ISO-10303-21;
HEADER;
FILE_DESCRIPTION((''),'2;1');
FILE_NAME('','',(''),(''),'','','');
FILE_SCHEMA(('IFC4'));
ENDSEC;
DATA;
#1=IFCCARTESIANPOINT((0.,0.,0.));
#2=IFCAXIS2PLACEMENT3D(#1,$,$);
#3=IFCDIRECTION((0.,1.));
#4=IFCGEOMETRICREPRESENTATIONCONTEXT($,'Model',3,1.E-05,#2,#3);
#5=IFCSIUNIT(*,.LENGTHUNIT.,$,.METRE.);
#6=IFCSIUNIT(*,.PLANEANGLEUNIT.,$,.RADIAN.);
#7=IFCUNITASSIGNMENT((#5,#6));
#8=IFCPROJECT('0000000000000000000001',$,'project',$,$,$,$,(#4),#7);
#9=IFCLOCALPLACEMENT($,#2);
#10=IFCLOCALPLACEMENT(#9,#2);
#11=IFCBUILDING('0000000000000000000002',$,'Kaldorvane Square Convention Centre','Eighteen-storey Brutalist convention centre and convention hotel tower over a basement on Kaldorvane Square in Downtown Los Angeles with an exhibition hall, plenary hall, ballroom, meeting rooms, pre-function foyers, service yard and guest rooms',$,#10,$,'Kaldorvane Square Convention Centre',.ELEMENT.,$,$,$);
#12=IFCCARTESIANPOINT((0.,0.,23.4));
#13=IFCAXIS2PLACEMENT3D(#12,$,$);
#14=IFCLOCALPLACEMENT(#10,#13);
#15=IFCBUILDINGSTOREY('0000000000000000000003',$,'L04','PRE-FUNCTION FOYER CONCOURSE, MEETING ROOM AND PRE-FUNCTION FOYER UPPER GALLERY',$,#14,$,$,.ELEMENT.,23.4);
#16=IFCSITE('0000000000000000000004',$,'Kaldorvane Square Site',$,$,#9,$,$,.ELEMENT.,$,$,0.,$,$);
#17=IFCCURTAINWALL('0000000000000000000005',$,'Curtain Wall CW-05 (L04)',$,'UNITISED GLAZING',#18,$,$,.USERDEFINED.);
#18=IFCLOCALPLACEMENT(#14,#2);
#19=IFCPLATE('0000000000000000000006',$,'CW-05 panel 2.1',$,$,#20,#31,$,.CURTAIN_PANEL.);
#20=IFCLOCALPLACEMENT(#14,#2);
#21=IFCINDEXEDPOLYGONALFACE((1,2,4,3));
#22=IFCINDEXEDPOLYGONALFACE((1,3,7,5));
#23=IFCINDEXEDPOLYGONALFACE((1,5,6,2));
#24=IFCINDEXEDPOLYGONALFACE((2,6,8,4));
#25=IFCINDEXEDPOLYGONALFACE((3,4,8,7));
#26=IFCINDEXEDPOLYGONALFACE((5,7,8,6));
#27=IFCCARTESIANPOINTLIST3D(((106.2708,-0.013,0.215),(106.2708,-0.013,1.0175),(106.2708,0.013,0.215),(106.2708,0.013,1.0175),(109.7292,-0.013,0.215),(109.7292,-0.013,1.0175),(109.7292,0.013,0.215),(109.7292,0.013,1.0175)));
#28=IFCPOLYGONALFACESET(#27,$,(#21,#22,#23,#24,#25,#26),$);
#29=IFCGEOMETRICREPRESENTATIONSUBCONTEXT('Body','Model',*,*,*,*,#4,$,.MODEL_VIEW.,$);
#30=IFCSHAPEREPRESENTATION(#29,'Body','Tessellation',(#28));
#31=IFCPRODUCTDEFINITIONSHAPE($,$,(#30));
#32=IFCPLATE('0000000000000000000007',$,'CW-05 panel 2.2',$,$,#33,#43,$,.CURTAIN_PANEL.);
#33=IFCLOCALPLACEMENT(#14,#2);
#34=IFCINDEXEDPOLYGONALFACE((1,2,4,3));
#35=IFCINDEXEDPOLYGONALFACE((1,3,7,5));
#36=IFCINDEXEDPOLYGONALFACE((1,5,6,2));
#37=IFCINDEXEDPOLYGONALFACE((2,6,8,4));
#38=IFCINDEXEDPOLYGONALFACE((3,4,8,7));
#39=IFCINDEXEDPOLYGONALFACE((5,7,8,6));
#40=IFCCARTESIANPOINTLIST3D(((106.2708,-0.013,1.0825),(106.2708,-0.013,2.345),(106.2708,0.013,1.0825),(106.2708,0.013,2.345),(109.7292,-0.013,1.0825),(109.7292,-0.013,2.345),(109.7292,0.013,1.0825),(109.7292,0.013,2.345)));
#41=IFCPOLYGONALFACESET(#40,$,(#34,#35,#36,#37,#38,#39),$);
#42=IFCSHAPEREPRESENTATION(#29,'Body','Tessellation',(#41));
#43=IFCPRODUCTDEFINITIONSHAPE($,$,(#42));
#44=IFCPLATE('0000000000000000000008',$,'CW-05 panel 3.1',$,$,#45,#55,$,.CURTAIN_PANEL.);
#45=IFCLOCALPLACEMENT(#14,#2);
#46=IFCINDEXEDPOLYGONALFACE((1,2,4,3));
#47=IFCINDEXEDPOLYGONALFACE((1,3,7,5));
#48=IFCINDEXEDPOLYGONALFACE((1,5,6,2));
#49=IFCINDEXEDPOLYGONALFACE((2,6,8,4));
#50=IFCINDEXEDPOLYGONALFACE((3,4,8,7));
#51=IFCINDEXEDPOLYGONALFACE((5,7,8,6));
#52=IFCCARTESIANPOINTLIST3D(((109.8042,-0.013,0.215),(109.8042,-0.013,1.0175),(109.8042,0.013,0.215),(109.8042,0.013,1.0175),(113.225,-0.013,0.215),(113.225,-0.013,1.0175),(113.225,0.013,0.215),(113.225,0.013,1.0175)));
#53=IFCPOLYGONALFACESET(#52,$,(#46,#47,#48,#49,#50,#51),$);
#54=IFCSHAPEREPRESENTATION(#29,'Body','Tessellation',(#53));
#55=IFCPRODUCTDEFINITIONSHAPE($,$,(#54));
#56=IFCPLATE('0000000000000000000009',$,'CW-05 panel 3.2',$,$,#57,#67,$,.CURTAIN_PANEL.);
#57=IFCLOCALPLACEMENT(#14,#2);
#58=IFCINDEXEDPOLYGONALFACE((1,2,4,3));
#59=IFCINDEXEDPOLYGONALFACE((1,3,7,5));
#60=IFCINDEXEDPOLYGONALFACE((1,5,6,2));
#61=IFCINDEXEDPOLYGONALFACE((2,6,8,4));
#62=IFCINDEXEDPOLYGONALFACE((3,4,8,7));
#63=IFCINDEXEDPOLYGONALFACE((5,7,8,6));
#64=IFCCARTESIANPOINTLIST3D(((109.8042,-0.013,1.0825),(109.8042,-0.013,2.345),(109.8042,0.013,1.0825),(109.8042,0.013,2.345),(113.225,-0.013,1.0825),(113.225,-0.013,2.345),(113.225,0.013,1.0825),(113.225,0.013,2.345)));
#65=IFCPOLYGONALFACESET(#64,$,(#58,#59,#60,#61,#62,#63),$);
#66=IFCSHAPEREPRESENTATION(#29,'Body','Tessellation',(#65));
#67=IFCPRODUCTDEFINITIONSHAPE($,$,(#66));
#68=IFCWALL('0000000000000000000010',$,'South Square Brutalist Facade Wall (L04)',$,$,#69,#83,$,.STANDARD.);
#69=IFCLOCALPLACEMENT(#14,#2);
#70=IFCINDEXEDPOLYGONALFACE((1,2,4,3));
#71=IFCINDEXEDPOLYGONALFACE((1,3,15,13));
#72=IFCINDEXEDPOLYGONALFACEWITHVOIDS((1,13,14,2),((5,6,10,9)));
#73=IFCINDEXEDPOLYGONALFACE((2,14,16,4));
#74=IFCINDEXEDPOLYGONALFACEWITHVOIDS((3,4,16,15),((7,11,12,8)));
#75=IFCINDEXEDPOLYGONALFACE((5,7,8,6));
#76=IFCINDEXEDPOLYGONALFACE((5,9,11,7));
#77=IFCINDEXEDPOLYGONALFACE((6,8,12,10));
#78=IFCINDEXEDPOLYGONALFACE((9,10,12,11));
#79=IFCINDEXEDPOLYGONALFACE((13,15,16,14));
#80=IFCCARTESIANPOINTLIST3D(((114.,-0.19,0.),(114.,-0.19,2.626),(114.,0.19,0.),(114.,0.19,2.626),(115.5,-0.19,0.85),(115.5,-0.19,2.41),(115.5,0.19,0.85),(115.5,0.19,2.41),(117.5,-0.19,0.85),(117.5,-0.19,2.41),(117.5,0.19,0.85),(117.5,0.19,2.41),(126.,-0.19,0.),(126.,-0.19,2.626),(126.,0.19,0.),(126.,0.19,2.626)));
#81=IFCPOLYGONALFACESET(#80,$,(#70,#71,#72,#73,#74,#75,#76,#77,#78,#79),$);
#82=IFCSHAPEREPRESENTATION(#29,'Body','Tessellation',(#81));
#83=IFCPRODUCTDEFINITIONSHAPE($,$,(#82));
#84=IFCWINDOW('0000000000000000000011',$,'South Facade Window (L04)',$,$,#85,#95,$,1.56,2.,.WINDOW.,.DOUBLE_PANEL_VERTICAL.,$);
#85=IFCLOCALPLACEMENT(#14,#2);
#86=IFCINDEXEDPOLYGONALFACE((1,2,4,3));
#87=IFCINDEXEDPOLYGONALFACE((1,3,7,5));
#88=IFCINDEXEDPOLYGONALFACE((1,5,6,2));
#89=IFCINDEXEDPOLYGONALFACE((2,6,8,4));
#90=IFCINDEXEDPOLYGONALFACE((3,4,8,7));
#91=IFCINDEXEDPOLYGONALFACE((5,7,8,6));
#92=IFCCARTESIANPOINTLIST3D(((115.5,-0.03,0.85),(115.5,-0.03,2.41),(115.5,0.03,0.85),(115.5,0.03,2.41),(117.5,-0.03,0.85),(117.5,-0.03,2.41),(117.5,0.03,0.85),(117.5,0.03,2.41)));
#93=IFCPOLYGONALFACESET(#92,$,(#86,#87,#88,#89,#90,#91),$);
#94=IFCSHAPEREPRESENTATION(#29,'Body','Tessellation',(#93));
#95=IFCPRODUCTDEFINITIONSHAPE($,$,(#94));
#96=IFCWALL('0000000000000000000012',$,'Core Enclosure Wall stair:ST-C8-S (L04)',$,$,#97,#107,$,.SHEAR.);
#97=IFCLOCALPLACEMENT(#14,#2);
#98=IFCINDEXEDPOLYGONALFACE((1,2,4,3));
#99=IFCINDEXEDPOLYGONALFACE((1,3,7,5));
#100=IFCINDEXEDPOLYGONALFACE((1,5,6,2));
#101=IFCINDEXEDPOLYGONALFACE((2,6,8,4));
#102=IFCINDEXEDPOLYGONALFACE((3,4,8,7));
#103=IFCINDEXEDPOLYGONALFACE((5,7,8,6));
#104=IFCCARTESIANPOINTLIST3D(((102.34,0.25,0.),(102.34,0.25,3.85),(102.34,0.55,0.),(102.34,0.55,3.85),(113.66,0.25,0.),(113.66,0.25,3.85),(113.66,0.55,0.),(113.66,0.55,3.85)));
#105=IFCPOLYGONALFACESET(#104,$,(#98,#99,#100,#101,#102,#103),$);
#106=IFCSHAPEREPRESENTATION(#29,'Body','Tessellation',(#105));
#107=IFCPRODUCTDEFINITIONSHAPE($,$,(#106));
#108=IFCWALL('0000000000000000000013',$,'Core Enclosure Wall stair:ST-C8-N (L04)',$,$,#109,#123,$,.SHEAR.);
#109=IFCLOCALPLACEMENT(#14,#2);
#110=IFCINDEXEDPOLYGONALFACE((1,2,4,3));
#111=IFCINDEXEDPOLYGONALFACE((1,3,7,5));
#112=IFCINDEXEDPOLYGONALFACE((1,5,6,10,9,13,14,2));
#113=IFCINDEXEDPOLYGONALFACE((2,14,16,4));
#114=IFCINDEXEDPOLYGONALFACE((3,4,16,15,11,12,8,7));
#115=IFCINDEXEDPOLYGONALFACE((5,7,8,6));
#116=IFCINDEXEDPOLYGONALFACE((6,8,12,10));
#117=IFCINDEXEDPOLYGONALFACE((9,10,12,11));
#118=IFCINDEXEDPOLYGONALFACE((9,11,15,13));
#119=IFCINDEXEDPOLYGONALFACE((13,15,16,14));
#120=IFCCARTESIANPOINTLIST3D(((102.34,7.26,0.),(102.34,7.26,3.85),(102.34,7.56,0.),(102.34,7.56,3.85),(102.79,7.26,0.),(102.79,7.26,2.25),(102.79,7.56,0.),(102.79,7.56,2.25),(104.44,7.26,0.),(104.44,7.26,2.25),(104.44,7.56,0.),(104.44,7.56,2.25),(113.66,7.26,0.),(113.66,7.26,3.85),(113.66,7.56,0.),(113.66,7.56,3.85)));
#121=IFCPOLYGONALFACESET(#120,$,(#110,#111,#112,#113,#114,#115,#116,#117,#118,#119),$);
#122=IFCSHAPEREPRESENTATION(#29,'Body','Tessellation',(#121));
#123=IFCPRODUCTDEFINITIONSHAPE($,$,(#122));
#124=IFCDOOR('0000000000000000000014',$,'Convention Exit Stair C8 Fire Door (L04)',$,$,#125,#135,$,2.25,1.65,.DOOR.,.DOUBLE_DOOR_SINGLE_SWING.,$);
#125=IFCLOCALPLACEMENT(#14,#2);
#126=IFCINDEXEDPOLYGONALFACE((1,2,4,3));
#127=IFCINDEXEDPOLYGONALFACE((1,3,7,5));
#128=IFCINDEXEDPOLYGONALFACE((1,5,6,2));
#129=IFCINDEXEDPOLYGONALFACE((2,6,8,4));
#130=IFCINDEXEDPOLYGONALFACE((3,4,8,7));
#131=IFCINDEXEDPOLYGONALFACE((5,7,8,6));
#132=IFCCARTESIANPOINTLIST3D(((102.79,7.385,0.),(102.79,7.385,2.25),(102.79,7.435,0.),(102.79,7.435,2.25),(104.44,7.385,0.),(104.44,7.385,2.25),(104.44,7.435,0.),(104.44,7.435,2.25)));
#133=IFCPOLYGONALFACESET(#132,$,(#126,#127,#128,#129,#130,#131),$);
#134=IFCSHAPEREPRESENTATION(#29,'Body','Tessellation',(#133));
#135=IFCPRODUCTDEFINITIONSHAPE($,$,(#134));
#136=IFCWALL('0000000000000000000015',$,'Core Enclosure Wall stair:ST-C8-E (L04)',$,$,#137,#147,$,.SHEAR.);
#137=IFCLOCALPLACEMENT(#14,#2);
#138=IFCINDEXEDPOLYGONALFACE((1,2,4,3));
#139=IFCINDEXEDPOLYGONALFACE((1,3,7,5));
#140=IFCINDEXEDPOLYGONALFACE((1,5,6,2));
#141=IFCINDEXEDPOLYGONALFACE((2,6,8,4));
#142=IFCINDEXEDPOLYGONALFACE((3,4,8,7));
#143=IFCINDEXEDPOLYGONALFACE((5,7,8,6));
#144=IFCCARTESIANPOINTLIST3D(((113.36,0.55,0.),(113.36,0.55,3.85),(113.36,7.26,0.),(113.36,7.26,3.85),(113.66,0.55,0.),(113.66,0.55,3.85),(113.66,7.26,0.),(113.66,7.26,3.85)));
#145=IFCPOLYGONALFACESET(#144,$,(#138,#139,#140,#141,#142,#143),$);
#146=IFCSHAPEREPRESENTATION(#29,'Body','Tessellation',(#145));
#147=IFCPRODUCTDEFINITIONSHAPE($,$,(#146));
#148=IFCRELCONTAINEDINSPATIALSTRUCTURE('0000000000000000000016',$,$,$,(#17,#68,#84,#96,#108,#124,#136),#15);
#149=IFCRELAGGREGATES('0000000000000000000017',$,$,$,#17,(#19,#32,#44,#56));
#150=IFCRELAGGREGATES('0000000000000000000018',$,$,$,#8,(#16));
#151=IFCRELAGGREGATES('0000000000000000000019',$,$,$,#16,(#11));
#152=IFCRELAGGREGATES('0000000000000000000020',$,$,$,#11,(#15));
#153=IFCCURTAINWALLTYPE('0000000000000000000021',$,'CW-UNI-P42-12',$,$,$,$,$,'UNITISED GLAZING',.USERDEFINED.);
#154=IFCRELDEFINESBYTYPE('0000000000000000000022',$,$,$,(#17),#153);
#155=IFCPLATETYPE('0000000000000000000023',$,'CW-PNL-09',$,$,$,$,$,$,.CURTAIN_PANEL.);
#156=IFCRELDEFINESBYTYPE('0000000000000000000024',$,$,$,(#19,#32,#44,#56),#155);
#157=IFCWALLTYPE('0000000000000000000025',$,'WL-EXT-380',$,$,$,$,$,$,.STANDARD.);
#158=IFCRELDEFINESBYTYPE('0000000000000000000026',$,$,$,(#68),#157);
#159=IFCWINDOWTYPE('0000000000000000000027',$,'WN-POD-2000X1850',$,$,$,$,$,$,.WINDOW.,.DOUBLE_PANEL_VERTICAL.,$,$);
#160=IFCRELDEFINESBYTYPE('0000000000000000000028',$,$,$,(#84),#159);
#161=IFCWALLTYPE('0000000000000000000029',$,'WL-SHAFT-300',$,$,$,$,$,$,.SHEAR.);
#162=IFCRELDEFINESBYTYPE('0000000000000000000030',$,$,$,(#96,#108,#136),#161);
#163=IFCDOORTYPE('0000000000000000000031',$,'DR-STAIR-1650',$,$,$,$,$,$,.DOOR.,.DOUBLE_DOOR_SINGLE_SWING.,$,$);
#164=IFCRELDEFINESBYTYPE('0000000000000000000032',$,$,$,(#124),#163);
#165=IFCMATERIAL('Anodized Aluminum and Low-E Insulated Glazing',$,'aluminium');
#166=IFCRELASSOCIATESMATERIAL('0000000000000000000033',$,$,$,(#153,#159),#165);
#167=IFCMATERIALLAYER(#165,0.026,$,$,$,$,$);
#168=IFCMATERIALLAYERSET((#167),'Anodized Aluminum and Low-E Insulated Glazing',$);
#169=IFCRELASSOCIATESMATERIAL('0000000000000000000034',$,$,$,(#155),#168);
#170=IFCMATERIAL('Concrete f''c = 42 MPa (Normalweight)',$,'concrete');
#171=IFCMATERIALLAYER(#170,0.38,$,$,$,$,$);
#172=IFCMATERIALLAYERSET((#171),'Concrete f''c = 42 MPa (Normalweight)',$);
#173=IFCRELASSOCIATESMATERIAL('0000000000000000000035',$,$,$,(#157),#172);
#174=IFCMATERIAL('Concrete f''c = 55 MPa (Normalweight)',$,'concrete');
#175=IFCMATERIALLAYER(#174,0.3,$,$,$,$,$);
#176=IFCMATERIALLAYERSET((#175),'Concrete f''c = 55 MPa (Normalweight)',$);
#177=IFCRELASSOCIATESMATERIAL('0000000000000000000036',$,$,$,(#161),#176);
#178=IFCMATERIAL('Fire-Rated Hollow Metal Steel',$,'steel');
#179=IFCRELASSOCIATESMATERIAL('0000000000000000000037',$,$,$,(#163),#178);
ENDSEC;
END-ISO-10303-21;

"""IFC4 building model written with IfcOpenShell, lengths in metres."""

from ifc_helpers import new_model, si_unit, direction, frame, frame_2d, origin, origin_2d, place, context, subcontext, project, spatial, rectangle, extrude, material, layer, layer_set, type_object, element, fill, aggregate, save


model = new_model("IFC4")

# Units and contexts
model_context = context("Model", 3, precision=1e-05, world=origin(), true_north=direction((0.0, 1.0)))
body_context = subcontext(model_context, "Body", "Model", "MODEL_VIEW")
ifc_project = project(units=[si_unit("LENGTHUNIT", "METRE"), si_unit("PLANEANGLEUNIT", "RADIAN")], contexts=[model_context])

# Site, building, storey
site_placement = place(None, origin())
site = spatial("IfcSite", under=ifc_project, at=site_placement, Name="Kaldorvane Square Site", CompositionType="ELEMENT", RefElevation=0.0)
building_placement = place(site_placement, origin())
building = spatial("IfcBuilding", under=site, at=building_placement, Name="Kaldorvane Square Convention Centre", Description="Eighteen-storey Brutalist convention centre and convention hotel tower over a basement on Kaldorvane Square in Downtown Los Angeles with an exhibition hall, plenary hall, ballroom, meeting rooms, pre-function foyers, service yard and guest rooms", LongName="Kaldorvane Square Convention Centre", CompositionType="ELEMENT")
storey_placement = place(building_placement, frame((0.0, 0.0, 23.4)))
storey = spatial("IfcBuildingStorey", under=building, at=storey_placement, Name="L04", Description="PRE-FUNCTION FOYER CONCOURSE, MEETING ROOM AND PRE-FUNCTION FOYER UPPER GALLERY", CompositionType="ELEMENT", Elevation=23.4)

# Shared definitions
ifc_material_1 = material(Name="Concrete f'c = 55 MPa (Normalweight)", Category="concrete")

# Shared definitions
ifc_material_2 = material(Name="Concrete f'c = 42 MPa (Normalweight)", Category="concrete")

# Curtain wall
ifc_material_3 = material(Name="Anodized Aluminum and Low-E Insulated Glazing", Category="aluminium")
curtain_wall_type = type_object("IfcCurtainWallType", Name="CW-UNI-P42-12", ElementType="UNITISED GLAZING", PredefinedType="USERDEFINED", material=ifc_material_3)
curtain_wall_placement = place(storey_placement, origin())
curtain_wall = element("IfcCurtainWall", 1, at=curtain_wall_placement, inside=storey, type_object=curtain_wall_type, Name="Curtain Wall CW-05 (L04)", ObjectType="UNITISED GLAZING", PredefinedType="USERDEFINED")

# Plates
ifc_layer_1 = layer(ifc_material_3, 0.026)
ifc_layer_set_1 = layer_set([ifc_layer_1], Name="Anodized Aluminum and Low-E Insulated Glazing")
plate_type = type_object("IfcPlateType", Name="CW-PNL-09", PredefinedType="CURTAIN_PANEL", material=ifc_layer_set_1)
plate_1_placement = place(storey_placement, frame((108.0, 0.0, 0.215), z_axis=(0.0, 0.0, 1.0), x_axis=(1.0, 0.0, 0.0)))
plate_1 = element("IfcPlate", 2, at=plate_1_placement, type_object=plate_type, Name="CW-05 panel 2.1", PredefinedType="CURTAIN_PANEL", context=body_context, shape_type="SweptSolid", body=[
    extrude(rectangle(XDim=3.4583, YDim=0.026, at=origin_2d()), origin(), (0.0, 0.0, 1.0), 0.8025),
])
plate_2_placement = place(storey_placement, frame((108.0, 0.0, 1.0825), z_axis=(0.0, 0.0, 1.0), x_axis=(1.0, 0.0, 0.0)))
plate_2 = element("IfcPlate", 3, at=plate_2_placement, type_object=plate_type, Name="CW-05 panel 2.2", PredefinedType="CURTAIN_PANEL", context=body_context, shape_type="SweptSolid", body=[
    extrude(rectangle(XDim=3.4583, YDim=0.026, at=origin_2d()), origin(), (0.0, 0.0, 1.0), 1.2625),
])
plate_3_placement = place(storey_placement, frame((111.5146, 0.0, 0.215), z_axis=(0.0, 0.0, 1.0), x_axis=(1.0, 0.0, 0.0)))
plate_3 = element("IfcPlate", 4, at=plate_3_placement, type_object=plate_type, Name="CW-05 panel 3.1", PredefinedType="CURTAIN_PANEL", context=body_context, shape_type="SweptSolid", body=[
    extrude(rectangle(XDim=3.4208, YDim=0.026, at=origin_2d()), origin(), (0.0, 0.0, 1.0), 0.8025),
])
plate_4_placement = place(storey_placement, frame((111.5146, 0.0, 1.0825), z_axis=(0.0, 0.0, 1.0), x_axis=(1.0, 0.0, 0.0)))
plate_4 = element("IfcPlate", 5, at=plate_4_placement, type_object=plate_type, Name="CW-05 panel 3.2", PredefinedType="CURTAIN_PANEL", context=body_context, shape_type="SweptSolid", body=[
    extrude(rectangle(XDim=3.4208, YDim=0.026, at=origin_2d()), origin(), (0.0, 0.0, 1.0), 1.2625),
])
aggregate(curtain_wall, [plate_1, plate_2, plate_3, plate_4])

# Wall, opening, window
ifc_layer_2 = layer(ifc_material_2, 0.38)
ifc_layer_set_2 = layer_set([ifc_layer_2], Name="Concrete f'c = 42 MPa (Normalweight)")
wall_type_1 = type_object("IfcWallType", Name="WL-EXT-380", PredefinedType="STANDARD", material=ifc_layer_set_2)
wall_1_placement = place(storey_placement, frame((114.0, 0.0, 0.0), z_axis=(0.0, 0.0, 1.0), x_axis=(1.0, 0.0, 0.0)))
wall_1 = element("IfcWall", 6, at=wall_1_placement, inside=storey, type_object=wall_type_1, Name="South Square Brutalist Facade Wall (L04)", PredefinedType="STANDARD", context=body_context, shape_type="SweptSolid", body=[
    extrude(rectangle(XDim=12.0, YDim=0.38, at=frame_2d((6.0, 0.0))), origin(), (0.0, 0.0, 1.0), 2.626),
])
opening_1_placement = place(wall_1_placement, frame((1.5, 0.0, 0.85)))
opening_1 = element("IfcOpeningElement", 7, at=opening_1_placement, cuts=wall_1, PredefinedType="OPENING", context=body_context, shape_type="SweptSolid", body=[
    extrude(rectangle(XDim=2.0, YDim=1.56, at=frame_2d((1.0, 0.78))), frame((0.0, 0.205, 0.0), z_axis=(0.0, -1.0, 0.0), x_axis=(1.0, 0.0, 0.0)), (0.0, 0.0, 1.0), 0.41),
])
window_type = type_object("IfcWindowType", Name="WN-POD-2000X1850", PartitioningType="DOUBLE_PANEL_VERTICAL", PredefinedType="WINDOW", material=ifc_material_3)
window_placement = place(opening_1_placement, origin())
window = element("IfcWindow", 8, at=window_placement, inside=storey, type_object=window_type, Name="South Facade Window (L04)", OverallHeight=1.56, OverallWidth=2.0, PartitioningType="DOUBLE_PANEL_VERTICAL", PredefinedType="WINDOW", context=body_context, shape_type="SweptSolid", body=[
    extrude(rectangle(XDim=2.0, YDim=1.56, at=frame_2d((1.0, 0.78))), frame((0.0, 0.03, 0.0), z_axis=(0.0, -1.0, 0.0), x_axis=(1.0, 0.0, 0.0)), (0.0, 0.0, 1.0), 0.06),
])
fill(opening_1, window)

# Wall
ifc_layer_3 = layer(ifc_material_1, 0.3)
ifc_layer_set_3 = layer_set([ifc_layer_3], Name="Concrete f'c = 55 MPa (Normalweight)")
wall_type_2 = type_object("IfcWallType", Name="WL-SHAFT-300", PredefinedType="SHEAR", material=ifc_layer_set_3)
wall_2_placement = place(storey_placement, frame((113.66, 0.4, 0.0), z_axis=(0.0, 0.0, 1.0), x_axis=(-1.0, 0.0, 0.0)))
element("IfcWall", 9, at=wall_2_placement, inside=storey, type_object=wall_type_2, Name="Core Enclosure Wall stair:ST-C8-S (L04)", PredefinedType="SHEAR", context=body_context, shape_type="SweptSolid", body=[
    extrude(rectangle(XDim=11.32, YDim=0.3, at=frame_2d((5.66, 0.0))), origin(), (0.0, 0.0, 1.0), 3.85),
])

# Wall, opening, door
wall_3_placement = place(storey_placement, frame((113.66, 7.41, 0.0), z_axis=(0.0, 0.0, 1.0), x_axis=(-1.0, 0.0, 0.0)))
wall_3 = element("IfcWall", 10, at=wall_3_placement, inside=storey, type_object=wall_type_2, Name="Core Enclosure Wall stair:ST-C8-N (L04)", PredefinedType="SHEAR", context=body_context, shape_type="SweptSolid", body=[
    extrude(rectangle(XDim=11.32, YDim=0.3, at=frame_2d((5.66, 0.0))), origin(), (0.0, 0.0, 1.0), 3.85),
])
opening_2_placement = place(wall_3_placement, frame((9.22, 0.0, 0.0)))
opening_2 = element("IfcOpeningElement", 11, at=opening_2_placement, cuts=wall_3, PredefinedType="OPENING", context=body_context, shape_type="SweptSolid", body=[
    extrude(rectangle(XDim=1.65, YDim=2.25, at=frame_2d((0.825, 1.125))), frame((0.0, 0.165, 0.0), z_axis=(0.0, -1.0, 0.0), x_axis=(1.0, 0.0, 0.0)), (0.0, 0.0, 1.0), 0.33),
])
ifc_material_4 = material(Name="Fire-Rated Hollow Metal Steel", Category="steel")
door_type = type_object("IfcDoorType", Name="DR-STAIR-1650", OperationType="DOUBLE_DOOR_SINGLE_SWING", PredefinedType="DOOR", material=ifc_material_4)
door_placement = place(opening_2_placement, origin())
door = element("IfcDoor", 12, at=door_placement, inside=storey, type_object=door_type, Name="Convention Exit Stair C8 Fire Door (L04)", OperationType="DOUBLE_DOOR_SINGLE_SWING", OverallHeight=2.25, OverallWidth=1.65, PredefinedType="DOOR", context=body_context, shape_type="SweptSolid", body=[
    extrude(rectangle(XDim=1.65, YDim=2.25, at=frame_2d((0.825, 1.125))), frame((0.0, 0.025, 0.0), z_axis=(0.0, -1.0, 0.0), x_axis=(1.0, 0.0, 0.0)), (0.0, 0.0, 1.0), 0.05),
])
fill(opening_2, door)

# Wall
wall_4_placement = place(storey_placement, frame((113.51, 0.55, 0.0), z_axis=(0.0, 0.0, 1.0), x_axis=(0.0, 1.0, 0.0)))
element("IfcWall", 13, at=wall_4_placement, inside=storey, type_object=wall_type_2, Name="Core Enclosure Wall stair:ST-C8-E (L04)", PredefinedType="SHEAR", context=body_context, shape_type="SweptSolid", body=[
    extrude(rectangle(XDim=6.71, YDim=0.3, at=frame_2d((3.355, 0.0))), origin(), (0.0, 0.0, 1.0), 3.85),
])

save(model, "model.ifc")
